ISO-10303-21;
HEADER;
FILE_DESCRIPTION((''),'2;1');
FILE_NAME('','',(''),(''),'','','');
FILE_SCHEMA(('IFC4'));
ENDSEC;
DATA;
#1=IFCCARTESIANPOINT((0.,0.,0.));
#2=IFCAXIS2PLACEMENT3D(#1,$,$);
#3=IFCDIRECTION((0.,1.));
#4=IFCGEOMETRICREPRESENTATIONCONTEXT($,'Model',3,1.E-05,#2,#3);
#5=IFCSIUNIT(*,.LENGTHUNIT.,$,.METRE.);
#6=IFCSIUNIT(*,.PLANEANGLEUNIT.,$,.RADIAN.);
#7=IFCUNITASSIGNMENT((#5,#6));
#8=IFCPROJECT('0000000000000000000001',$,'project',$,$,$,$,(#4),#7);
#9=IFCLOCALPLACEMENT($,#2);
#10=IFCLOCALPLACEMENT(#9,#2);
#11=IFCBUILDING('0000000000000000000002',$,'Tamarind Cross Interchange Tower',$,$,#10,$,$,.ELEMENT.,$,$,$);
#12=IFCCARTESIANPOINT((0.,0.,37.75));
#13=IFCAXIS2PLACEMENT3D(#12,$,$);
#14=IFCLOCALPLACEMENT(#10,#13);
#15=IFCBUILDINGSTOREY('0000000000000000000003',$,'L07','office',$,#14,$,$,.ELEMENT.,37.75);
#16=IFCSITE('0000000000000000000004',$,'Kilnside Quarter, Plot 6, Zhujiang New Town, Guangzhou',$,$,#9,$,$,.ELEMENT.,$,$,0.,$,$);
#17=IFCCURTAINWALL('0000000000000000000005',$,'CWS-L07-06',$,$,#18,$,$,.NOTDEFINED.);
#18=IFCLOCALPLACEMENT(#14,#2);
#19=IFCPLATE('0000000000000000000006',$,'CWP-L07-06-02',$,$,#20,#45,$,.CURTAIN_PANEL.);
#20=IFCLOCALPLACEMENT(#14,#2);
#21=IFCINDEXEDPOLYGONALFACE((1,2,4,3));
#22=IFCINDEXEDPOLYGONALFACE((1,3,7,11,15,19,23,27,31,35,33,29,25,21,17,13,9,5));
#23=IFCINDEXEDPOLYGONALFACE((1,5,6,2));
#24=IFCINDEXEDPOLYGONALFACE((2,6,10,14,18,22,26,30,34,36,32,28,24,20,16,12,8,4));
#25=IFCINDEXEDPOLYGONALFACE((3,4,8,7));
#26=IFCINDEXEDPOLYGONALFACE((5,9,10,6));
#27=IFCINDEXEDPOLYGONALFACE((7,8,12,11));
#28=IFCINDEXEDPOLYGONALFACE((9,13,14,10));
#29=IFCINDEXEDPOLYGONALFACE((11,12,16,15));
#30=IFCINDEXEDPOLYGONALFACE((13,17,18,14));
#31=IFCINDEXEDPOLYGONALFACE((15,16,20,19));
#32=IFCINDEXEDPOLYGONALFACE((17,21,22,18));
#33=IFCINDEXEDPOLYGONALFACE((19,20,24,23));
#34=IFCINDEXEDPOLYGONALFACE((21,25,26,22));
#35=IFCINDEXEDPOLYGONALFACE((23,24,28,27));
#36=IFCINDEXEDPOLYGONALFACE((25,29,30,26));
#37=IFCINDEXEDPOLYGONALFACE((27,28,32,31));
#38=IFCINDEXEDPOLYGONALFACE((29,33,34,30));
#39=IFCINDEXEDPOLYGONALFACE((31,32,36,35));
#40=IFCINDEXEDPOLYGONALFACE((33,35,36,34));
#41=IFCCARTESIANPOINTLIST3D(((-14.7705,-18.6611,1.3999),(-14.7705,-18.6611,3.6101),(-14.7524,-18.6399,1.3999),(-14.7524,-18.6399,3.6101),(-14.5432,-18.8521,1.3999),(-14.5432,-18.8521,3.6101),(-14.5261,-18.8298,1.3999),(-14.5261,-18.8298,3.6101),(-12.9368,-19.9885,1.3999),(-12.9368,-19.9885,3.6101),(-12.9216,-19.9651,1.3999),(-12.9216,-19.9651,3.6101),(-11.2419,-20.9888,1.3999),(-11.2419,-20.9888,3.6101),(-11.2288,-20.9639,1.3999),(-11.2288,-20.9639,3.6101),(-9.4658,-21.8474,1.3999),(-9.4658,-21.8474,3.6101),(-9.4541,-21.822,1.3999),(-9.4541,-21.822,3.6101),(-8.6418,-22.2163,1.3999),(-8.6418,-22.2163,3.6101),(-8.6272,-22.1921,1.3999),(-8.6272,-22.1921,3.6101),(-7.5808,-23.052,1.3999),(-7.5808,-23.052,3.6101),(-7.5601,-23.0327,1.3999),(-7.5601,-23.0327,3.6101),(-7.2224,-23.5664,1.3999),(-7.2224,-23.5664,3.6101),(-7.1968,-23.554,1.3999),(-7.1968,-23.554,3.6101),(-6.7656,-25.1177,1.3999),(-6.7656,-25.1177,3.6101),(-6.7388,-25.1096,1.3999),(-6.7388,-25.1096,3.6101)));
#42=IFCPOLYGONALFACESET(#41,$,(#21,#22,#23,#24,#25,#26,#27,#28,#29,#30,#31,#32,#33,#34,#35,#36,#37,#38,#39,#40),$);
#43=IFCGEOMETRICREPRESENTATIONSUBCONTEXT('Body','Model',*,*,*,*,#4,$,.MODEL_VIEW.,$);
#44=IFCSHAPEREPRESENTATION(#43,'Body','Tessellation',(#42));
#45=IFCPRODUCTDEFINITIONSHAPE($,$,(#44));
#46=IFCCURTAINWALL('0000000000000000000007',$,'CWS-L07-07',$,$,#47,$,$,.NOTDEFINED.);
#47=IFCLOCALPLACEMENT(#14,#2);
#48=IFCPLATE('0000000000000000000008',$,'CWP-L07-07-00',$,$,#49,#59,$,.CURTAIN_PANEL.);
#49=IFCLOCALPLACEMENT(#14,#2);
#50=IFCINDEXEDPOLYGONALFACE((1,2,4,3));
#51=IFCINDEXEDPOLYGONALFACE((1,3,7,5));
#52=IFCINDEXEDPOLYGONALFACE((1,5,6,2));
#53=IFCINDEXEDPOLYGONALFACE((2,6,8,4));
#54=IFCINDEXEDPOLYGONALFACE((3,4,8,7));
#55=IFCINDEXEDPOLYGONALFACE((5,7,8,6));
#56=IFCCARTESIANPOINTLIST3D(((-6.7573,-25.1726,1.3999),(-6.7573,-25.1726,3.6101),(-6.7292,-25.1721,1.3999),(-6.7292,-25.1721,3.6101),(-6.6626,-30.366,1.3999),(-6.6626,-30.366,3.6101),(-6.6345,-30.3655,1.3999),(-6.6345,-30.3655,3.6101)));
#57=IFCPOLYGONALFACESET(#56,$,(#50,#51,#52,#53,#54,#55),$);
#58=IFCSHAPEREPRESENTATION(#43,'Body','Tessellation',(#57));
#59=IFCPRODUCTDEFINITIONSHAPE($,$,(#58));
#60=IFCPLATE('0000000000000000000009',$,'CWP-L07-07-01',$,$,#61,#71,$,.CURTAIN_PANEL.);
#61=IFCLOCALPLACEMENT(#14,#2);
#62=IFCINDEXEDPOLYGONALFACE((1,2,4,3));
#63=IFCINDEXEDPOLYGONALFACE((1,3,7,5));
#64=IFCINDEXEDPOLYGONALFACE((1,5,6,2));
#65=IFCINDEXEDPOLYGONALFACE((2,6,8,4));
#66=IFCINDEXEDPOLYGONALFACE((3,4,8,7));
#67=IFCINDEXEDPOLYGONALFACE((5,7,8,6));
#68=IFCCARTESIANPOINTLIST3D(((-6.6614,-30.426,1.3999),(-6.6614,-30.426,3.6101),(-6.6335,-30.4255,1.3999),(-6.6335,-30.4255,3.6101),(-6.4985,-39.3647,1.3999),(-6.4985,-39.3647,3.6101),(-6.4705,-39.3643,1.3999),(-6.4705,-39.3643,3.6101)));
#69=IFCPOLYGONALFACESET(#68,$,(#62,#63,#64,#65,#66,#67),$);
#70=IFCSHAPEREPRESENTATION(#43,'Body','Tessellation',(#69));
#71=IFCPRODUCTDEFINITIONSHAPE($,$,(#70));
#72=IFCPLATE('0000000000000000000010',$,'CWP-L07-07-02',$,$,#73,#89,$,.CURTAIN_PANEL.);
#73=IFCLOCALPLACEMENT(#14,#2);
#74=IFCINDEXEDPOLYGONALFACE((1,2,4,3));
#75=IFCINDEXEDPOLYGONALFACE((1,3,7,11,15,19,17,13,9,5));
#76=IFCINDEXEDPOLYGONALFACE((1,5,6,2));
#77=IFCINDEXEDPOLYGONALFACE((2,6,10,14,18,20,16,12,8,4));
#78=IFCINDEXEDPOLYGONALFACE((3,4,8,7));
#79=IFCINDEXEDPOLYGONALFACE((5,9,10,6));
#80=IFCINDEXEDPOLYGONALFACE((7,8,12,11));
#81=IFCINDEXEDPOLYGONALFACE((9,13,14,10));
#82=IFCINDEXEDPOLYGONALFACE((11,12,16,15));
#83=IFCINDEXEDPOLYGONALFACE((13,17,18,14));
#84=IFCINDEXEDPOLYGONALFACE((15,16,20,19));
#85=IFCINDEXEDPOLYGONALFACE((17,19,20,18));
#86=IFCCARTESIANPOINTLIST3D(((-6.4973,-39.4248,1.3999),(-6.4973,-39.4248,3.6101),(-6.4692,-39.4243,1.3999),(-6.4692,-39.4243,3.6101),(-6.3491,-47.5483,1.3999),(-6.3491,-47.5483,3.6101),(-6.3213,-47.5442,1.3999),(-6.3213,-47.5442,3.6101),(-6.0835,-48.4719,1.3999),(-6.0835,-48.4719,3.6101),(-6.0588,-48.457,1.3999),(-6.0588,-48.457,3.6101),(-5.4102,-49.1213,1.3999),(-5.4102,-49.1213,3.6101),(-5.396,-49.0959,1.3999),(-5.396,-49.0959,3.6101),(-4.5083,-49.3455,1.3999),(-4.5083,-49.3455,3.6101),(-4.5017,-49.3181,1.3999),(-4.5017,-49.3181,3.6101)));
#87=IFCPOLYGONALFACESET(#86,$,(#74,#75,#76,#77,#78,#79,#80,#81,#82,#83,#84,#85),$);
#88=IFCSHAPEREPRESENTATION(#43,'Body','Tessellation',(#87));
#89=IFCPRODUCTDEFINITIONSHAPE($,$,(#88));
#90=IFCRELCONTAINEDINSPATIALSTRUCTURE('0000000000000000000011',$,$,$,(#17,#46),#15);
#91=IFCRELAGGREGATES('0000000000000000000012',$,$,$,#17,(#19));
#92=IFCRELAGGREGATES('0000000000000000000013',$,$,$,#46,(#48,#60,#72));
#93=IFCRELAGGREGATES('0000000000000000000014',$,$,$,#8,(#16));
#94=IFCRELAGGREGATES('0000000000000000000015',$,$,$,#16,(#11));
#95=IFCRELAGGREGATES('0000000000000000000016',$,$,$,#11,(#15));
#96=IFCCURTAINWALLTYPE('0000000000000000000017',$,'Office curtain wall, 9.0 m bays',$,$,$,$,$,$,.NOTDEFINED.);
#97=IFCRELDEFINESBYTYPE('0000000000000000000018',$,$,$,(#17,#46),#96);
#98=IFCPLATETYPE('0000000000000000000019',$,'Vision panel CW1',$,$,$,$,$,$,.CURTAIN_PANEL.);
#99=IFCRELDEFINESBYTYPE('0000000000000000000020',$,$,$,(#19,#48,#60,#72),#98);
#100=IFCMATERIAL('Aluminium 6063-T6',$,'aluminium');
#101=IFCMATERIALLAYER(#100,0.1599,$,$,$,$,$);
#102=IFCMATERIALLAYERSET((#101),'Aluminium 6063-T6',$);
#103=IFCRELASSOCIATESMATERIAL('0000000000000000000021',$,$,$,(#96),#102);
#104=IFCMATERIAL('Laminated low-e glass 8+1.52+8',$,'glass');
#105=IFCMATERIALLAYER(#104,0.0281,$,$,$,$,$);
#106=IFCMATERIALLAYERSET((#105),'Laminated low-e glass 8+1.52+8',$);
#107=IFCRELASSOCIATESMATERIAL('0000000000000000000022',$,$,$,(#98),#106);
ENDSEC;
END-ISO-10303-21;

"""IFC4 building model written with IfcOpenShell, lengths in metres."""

from ifc_helpers import new_model, si_unit, direction, frame, origin, place, context, subcontext, project, spatial, polyline, outline, extrude, material, layer, layer_set, type_object, element, aggregate, save


model = new_model("IFC4")

# Units and contexts
model_context = context("Model", 3, precision=1e-05, world=origin(), true_north=direction((0.0, 1.0)))
body_context = subcontext(model_context, "Body", "Model", "MODEL_VIEW")
ifc_project = project(units=[si_unit("LENGTHUNIT", "METRE"), si_unit("PLANEANGLEUNIT", "RADIAN")], contexts=[model_context])

# Site, building, storey
site_placement = place(None, origin())
site = spatial("IfcSite", under=ifc_project, at=site_placement, Name="Kilnside Quarter, Plot 6, Zhujiang New Town, Guangzhou", CompositionType="ELEMENT", RefElevation=0.0)
building_placement = place(site_placement, origin())
building = spatial("IfcBuilding", under=site, at=building_placement, Name="Tamarind Cross Interchange Tower", CompositionType="ELEMENT")
storey_placement = place(building_placement, frame((0.0, 0.0, 37.75)))
storey = spatial("IfcBuildingStorey", under=building, at=storey_placement, Name="L07", Description="office", CompositionType="ELEMENT", Elevation=37.75)

# Curtain wall
ifc_material_1 = material(Name="Aluminium 6063-T6", Category="aluminium")
ifc_layer_1 = layer(ifc_material_1, 0.1599)
ifc_layer_set_1 = layer_set([ifc_layer_1], Name="Aluminium 6063-T6")
curtain_wall_type = type_object("IfcCurtainWallType", Name="Office curtain wall, 9.0 m bays", PredefinedType="NOTDEFINED", material=ifc_layer_set_1)
curtain_wall_1_placement = place(storey_placement, origin())
curtain_wall_1 = element("IfcCurtainWall", 1, at=curtain_wall_1_placement, inside=storey, type_object=curtain_wall_type, Name="CWS-L07-06", PredefinedType="NOTDEFINED")

# Plate
ifc_material_2 = material(Name="Laminated low-e glass 8+1.52+8", Category="glass")
ifc_layer_2 = layer(ifc_material_2, 0.0281)
ifc_layer_set_2 = layer_set([ifc_layer_2], Name="Laminated low-e glass 8+1.52+8")
plate_type = type_object("IfcPlateType", Name="Vision panel CW1", PredefinedType="CURTAIN_PANEL", material=ifc_layer_set_2)
plate_1_placement = place(storey_placement, frame((0.0, 0.0, 1.3999)))
plate_1 = element("IfcPlate", 2, at=plate_1_placement, type_object=plate_type, Name="CWP-L07-06-02", PredefinedType="CURTAIN_PANEL", context=body_context, shape_type="SweptSolid", body=[
    extrude(outline(polyline([(-14.7524, -18.6399), (-14.5261, -18.8298), (-12.9216, -19.9651), (-11.2288, -20.9639), (-9.4541, -21.822), (-8.6272, -22.1921), (-7.5601, -23.0327), (-7.1968, -23.554), (-6.7388, -25.1096), (-6.7656, -25.1177), (-7.2224, -23.5664), (-7.5808, -23.052), (-8.6418, -22.2163), (-9.4658, -21.8474), (-11.2419, -20.9888), (-12.9368, -19.9885), (-14.5432, -18.8521), (-14.7705, -18.6611), (-14.7524, -18.6399)])), origin(), (0.0, 0.0, 1.0), 2.2102),
])
aggregate(curtain_wall_1, [plate_1])

# Curtain wall, plates
curtain_wall_2_placement = place(storey_placement, origin())
curtain_wall_2 = element("IfcCurtainWall", 3, at=curtain_wall_2_placement, inside=storey, type_object=curtain_wall_type, Name="CWS-L07-07", PredefinedType="NOTDEFINED")
plate_2_placement = place(storey_placement, frame((0.0, 0.0, 1.3999)))
plate_2 = element("IfcPlate", 4, at=plate_2_placement, type_object=plate_type, Name="CWP-L07-07-00", PredefinedType="CURTAIN_PANEL", context=body_context, shape_type="SweptSolid", body=[
    extrude(outline(polyline([(-6.7292, -25.1721), (-6.6345, -30.3655), (-6.6626, -30.366), (-6.7573, -25.1726), (-6.7292, -25.1721)])), origin(), (0.0, 0.0, 1.0), 2.2102),
])
plate_3_placement = place(storey_placement, frame((0.0, 0.0, 1.3999)))
plate_3 = element("IfcPlate", 5, at=plate_3_placement, type_object=plate_type, Name="CWP-L07-07-01", PredefinedType="CURTAIN_PANEL", context=body_context, shape_type="SweptSolid", body=[
    extrude(outline(polyline([(-6.6335, -30.4255), (-6.4705, -39.3643), (-6.4985, -39.3647), (-6.6614, -30.426), (-6.6335, -30.4255)])), origin(), (0.0, 0.0, 1.0), 2.2102),
])
plate_4_placement = place(storey_placement, frame((0.0, 0.0, 1.3999)))
plate_4 = element("IfcPlate", 6, at=plate_4_placement, type_object=plate_type, Name="CWP-L07-07-02", PredefinedType="CURTAIN_PANEL", context=body_context, shape_type="SweptSolid", body=[
    extrude(outline(polyline([(-6.4692, -39.4243), (-6.3213, -47.5442), (-6.0588, -48.457), (-5.396, -49.0959), (-4.5017, -49.3181), (-4.5083, -49.3455), (-5.4102, -49.1213), (-6.0835, -48.4719), (-6.3491, -47.5483), (-6.4973, -39.4248), (-6.4692, -39.4243)])), origin(), (0.0, 0.0, 1.0), 2.2102),
])
aggregate(curtain_wall_2, [plate_2, plate_3, plate_4])

save(model, "model.ifc")
